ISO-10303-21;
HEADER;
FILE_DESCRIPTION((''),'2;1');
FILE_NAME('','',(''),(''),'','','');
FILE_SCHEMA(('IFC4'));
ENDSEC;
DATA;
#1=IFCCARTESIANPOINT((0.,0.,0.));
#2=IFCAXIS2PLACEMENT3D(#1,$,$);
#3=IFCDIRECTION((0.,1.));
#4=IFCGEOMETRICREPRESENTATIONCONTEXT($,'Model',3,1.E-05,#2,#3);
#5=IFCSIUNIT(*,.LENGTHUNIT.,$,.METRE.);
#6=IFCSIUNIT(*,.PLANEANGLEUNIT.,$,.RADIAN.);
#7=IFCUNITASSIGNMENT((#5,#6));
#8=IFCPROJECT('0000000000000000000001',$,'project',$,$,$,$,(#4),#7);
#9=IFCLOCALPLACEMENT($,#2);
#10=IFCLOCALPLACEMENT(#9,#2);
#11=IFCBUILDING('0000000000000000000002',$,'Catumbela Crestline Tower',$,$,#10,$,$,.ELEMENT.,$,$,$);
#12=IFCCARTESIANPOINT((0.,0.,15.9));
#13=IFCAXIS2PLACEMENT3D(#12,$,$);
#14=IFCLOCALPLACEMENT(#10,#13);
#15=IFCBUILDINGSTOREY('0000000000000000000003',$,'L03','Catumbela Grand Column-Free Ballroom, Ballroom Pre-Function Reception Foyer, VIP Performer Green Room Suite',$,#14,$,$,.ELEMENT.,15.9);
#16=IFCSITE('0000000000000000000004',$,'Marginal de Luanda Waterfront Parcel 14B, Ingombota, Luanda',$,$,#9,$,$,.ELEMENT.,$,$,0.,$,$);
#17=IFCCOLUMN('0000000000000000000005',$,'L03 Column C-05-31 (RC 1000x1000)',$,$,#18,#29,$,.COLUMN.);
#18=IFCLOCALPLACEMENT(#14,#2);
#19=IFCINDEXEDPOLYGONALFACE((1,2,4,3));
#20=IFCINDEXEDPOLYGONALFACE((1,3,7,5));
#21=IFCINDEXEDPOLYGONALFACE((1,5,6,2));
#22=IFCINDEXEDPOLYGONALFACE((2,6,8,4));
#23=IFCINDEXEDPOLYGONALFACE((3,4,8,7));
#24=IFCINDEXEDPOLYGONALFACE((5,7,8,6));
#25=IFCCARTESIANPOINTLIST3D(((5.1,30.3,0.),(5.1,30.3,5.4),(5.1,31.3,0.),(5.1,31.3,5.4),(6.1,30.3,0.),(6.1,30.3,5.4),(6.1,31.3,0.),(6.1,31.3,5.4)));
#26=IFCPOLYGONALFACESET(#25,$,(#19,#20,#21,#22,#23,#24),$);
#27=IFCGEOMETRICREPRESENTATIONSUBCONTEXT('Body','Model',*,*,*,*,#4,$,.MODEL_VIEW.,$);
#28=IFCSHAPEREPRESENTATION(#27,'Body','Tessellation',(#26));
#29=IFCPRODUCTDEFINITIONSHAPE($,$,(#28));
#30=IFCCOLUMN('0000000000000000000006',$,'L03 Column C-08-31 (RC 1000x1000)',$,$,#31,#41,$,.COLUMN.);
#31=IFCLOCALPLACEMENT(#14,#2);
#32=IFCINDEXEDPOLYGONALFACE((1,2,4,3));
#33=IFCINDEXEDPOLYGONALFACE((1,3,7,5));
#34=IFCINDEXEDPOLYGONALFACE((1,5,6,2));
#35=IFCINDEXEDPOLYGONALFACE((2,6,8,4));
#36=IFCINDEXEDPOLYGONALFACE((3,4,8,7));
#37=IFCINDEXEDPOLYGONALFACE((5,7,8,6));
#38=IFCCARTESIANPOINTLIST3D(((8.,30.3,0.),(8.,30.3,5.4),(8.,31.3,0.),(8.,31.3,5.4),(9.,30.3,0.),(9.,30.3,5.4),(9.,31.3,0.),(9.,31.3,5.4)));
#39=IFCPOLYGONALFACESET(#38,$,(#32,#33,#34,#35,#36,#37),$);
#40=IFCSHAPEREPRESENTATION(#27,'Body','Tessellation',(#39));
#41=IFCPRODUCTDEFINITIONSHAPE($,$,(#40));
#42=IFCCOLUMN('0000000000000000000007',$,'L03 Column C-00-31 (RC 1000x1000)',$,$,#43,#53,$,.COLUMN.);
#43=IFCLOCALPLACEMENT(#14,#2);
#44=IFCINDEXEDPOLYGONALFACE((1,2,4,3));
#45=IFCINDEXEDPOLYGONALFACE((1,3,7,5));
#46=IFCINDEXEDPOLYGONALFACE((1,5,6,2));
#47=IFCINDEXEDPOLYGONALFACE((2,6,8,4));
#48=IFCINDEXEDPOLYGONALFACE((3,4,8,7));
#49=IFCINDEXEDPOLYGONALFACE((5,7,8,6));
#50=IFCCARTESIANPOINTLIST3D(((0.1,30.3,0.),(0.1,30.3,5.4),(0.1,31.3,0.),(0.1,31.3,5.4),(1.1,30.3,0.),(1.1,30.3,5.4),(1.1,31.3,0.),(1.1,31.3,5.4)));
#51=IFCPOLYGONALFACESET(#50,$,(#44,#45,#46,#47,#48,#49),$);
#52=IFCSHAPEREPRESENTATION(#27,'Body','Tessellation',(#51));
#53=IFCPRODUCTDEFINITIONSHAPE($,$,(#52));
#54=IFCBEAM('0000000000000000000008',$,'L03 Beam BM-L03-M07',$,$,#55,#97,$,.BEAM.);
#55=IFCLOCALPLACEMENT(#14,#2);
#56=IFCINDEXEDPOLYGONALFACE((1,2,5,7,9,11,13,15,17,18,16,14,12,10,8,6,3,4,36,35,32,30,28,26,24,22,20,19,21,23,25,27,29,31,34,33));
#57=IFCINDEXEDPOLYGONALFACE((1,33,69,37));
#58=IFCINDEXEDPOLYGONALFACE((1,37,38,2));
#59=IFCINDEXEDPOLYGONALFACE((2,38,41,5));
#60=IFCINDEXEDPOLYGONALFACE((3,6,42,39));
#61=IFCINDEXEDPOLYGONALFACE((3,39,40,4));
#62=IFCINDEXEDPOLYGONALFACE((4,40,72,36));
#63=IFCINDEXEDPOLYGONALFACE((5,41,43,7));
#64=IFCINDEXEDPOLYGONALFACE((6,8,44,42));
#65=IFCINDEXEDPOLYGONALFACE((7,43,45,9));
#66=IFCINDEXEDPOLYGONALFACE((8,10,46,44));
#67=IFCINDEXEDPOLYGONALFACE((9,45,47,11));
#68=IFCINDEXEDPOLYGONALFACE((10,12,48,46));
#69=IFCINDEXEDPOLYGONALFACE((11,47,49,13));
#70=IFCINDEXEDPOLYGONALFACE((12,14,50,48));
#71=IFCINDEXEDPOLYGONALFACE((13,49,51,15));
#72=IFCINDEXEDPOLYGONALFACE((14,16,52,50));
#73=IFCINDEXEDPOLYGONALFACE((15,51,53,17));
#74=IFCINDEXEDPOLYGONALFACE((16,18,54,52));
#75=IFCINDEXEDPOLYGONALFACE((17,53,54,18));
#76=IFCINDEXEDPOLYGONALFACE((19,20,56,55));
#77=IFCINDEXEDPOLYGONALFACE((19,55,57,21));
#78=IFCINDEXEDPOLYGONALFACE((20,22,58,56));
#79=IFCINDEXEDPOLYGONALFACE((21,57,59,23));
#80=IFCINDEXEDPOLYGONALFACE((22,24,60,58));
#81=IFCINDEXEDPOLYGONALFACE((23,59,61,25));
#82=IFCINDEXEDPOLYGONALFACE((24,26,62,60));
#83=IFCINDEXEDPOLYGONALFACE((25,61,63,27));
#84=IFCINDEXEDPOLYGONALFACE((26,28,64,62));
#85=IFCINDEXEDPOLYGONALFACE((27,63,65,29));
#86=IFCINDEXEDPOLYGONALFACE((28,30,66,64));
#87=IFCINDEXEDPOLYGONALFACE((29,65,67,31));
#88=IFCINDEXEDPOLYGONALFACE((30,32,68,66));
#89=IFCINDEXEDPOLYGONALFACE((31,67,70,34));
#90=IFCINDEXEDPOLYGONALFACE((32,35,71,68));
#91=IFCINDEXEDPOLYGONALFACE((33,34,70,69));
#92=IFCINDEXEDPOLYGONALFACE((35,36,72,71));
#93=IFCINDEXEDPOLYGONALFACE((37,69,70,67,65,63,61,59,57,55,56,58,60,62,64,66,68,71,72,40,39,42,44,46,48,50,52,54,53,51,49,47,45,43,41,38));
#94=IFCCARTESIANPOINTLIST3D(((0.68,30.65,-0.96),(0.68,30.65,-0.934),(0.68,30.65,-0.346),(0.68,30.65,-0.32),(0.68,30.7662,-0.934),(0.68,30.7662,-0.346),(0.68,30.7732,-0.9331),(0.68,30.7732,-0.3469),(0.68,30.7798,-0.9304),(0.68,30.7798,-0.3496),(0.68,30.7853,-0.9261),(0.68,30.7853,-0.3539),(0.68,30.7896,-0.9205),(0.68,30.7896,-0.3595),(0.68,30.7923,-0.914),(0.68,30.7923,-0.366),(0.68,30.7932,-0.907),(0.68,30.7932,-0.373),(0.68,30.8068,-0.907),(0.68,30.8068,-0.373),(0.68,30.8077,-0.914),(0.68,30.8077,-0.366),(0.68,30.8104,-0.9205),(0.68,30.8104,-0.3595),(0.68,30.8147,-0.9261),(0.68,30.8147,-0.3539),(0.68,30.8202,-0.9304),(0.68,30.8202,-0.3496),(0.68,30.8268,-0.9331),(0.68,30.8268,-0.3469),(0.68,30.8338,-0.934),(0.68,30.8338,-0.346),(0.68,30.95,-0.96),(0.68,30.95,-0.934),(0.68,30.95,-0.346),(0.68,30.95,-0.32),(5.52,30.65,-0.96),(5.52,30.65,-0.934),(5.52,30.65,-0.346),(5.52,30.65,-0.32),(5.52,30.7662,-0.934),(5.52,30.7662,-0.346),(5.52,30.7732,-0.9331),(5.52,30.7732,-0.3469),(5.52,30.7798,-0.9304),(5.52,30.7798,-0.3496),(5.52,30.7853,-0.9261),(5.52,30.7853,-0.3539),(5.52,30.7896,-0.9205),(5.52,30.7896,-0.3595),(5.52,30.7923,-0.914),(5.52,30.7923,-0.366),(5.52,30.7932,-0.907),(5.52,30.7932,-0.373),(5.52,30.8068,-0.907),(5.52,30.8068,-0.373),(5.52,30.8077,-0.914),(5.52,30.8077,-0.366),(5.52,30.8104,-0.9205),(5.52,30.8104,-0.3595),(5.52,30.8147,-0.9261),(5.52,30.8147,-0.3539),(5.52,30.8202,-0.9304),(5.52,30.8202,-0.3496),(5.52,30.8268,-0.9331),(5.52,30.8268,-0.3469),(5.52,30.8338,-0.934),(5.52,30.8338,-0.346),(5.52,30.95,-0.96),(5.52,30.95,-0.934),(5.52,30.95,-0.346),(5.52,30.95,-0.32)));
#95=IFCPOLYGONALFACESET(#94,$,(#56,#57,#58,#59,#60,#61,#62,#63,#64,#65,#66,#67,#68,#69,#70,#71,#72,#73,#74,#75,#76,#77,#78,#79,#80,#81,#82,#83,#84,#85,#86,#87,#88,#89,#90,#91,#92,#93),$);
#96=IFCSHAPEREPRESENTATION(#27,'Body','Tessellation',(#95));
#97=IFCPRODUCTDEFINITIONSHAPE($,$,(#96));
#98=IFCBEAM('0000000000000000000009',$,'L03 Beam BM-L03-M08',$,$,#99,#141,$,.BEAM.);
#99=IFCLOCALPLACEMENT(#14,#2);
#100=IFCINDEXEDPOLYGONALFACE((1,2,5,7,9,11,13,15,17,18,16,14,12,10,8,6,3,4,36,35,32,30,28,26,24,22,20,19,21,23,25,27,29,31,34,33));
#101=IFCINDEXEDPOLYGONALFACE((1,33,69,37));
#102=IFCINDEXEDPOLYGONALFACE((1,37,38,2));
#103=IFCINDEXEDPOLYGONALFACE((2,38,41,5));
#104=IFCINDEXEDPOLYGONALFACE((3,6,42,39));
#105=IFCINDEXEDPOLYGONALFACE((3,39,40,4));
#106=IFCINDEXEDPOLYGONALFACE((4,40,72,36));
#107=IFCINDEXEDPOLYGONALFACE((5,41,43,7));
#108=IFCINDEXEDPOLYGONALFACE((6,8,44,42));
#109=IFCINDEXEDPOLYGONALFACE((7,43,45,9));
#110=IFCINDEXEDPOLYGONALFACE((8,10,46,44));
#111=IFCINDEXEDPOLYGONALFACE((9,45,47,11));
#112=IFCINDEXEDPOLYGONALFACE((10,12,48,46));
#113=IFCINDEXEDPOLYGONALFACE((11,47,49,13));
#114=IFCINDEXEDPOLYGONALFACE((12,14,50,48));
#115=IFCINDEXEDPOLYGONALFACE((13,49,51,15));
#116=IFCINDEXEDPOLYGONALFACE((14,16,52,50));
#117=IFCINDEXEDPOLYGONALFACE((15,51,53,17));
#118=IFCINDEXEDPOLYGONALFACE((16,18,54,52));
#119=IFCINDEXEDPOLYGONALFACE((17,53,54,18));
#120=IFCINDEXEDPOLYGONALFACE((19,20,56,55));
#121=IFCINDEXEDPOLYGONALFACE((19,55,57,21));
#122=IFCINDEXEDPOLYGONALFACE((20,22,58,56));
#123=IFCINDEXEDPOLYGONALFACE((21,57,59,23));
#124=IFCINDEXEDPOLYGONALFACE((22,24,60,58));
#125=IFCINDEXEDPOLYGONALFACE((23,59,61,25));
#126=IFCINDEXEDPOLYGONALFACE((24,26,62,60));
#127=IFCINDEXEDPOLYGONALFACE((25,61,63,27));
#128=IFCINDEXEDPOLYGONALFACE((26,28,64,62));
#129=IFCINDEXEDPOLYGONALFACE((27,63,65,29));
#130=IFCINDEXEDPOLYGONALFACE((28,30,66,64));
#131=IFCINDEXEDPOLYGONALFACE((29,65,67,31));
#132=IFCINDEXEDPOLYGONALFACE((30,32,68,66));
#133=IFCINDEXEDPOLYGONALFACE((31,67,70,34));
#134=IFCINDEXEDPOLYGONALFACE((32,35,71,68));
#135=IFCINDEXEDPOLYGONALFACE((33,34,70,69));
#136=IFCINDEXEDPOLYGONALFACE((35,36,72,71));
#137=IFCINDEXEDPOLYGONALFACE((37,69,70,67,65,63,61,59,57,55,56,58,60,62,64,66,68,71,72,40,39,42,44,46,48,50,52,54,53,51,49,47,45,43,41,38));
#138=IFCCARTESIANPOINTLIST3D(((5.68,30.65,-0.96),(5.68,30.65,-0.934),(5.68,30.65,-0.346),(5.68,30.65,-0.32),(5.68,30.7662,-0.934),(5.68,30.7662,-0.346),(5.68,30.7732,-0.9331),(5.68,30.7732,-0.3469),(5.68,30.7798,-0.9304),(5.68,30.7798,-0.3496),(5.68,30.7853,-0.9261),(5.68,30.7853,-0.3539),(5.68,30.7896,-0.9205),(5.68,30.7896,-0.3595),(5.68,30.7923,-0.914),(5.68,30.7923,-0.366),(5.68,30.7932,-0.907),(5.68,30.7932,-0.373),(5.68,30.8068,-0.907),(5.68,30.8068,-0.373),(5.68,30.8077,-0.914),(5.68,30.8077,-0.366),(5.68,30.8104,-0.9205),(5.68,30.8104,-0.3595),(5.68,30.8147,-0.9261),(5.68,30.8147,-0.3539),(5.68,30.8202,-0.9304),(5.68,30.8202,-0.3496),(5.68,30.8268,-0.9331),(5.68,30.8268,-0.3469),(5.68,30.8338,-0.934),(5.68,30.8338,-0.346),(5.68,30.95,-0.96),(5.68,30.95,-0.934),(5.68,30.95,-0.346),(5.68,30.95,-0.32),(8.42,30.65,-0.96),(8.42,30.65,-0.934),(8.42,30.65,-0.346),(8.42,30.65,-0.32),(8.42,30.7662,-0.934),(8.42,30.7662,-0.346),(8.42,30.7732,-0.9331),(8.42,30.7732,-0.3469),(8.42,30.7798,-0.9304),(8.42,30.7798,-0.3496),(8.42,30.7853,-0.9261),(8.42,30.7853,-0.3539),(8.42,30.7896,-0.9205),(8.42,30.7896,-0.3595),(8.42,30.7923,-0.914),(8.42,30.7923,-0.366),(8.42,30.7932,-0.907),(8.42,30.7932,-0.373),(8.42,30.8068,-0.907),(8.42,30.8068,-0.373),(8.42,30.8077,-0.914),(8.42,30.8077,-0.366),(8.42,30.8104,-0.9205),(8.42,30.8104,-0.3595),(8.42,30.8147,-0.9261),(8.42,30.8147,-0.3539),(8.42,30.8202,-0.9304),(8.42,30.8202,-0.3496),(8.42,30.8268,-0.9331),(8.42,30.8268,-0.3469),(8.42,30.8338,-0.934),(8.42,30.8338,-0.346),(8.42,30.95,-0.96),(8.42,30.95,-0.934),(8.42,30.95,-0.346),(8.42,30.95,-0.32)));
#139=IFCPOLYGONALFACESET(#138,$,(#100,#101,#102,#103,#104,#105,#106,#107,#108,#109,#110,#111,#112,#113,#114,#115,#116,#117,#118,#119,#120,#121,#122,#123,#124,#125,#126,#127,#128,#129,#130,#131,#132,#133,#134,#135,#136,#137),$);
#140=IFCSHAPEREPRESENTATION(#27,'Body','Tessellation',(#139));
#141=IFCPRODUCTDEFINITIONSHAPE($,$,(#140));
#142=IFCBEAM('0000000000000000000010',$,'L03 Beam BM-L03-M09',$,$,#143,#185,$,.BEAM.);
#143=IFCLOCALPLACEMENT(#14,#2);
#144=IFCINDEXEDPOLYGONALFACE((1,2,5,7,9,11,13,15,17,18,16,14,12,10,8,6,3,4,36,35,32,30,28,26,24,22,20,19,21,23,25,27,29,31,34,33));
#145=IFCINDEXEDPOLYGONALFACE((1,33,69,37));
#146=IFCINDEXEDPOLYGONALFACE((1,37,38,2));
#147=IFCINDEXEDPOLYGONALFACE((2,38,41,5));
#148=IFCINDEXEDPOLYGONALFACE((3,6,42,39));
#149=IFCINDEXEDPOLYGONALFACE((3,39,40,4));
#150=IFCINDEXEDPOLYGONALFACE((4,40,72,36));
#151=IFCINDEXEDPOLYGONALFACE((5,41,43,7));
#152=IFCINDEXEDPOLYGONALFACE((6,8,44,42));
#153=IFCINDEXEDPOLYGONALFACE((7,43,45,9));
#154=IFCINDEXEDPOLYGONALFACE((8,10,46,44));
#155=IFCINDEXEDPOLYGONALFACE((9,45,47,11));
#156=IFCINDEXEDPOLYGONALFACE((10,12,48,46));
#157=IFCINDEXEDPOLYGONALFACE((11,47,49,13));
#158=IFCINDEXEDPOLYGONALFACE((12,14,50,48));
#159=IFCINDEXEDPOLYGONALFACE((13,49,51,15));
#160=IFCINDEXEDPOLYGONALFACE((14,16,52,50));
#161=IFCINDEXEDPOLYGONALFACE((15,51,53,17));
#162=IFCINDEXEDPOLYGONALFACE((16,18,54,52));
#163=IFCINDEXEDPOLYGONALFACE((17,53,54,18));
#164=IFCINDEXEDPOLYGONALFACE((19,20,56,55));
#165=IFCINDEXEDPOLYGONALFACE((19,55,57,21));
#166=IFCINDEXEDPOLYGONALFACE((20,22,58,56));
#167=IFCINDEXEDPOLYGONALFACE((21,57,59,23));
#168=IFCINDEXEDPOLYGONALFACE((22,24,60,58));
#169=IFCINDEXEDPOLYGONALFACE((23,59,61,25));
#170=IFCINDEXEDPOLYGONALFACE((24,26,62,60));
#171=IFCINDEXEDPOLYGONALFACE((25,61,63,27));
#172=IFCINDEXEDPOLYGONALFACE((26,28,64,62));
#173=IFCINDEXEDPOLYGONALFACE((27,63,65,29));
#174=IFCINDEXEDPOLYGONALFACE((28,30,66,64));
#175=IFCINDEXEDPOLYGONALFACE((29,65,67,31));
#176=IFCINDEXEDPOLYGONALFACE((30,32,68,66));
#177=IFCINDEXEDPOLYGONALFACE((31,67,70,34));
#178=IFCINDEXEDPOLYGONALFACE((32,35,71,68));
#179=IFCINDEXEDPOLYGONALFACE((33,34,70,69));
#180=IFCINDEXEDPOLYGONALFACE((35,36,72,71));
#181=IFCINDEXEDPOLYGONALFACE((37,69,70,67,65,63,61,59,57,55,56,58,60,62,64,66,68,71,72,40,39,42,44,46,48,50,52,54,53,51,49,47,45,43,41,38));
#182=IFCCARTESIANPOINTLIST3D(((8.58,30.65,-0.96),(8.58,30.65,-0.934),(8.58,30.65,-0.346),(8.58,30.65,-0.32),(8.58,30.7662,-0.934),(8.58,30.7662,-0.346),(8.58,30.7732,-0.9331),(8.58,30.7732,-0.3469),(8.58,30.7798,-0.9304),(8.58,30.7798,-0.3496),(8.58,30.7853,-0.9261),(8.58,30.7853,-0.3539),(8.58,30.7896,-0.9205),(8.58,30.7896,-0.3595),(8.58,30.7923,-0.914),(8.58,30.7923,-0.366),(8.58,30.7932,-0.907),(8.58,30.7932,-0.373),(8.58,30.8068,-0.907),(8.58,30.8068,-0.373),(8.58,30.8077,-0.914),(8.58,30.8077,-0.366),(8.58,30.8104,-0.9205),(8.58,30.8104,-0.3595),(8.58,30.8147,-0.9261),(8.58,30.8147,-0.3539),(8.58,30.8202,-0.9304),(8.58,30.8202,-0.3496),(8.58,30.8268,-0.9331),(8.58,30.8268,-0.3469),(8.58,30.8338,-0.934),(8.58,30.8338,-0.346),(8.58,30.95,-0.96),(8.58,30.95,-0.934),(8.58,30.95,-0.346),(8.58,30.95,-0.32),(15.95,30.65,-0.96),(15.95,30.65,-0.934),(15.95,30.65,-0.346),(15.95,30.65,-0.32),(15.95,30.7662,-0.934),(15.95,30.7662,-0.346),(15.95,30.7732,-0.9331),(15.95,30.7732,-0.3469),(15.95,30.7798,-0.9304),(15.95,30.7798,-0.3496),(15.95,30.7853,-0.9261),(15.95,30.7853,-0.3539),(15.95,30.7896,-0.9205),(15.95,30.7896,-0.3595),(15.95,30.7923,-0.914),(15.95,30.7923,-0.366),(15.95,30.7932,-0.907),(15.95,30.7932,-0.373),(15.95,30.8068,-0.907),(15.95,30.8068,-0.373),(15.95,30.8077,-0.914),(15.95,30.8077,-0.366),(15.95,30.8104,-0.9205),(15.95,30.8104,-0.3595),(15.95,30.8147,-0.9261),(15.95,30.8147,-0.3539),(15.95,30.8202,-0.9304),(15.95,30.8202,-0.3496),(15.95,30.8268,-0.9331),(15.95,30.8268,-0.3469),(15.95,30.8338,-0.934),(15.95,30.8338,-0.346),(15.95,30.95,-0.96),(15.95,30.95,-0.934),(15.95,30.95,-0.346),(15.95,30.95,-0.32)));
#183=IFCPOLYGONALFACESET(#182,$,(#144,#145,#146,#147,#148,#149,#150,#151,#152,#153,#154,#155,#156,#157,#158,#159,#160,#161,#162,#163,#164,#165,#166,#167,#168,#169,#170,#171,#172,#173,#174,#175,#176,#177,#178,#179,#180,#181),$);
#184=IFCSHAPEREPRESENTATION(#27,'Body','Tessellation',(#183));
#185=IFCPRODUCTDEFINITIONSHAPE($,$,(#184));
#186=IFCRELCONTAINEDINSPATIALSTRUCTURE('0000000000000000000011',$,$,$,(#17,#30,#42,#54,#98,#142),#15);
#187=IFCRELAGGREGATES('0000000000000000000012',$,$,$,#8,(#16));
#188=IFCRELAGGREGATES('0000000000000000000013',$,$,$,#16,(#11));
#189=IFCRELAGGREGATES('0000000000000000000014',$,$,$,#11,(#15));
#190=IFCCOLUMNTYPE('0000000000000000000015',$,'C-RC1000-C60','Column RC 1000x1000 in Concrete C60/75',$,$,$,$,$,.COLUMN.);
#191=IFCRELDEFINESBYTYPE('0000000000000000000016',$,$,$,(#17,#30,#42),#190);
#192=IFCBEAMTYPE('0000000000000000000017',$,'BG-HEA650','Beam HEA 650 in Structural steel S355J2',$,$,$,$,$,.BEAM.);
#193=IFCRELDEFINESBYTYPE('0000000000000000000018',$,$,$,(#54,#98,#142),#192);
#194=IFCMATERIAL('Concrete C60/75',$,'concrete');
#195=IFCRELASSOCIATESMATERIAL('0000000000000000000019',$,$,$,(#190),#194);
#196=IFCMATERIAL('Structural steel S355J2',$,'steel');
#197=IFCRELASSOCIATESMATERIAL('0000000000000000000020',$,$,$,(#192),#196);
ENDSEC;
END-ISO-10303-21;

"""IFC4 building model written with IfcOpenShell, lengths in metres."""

from ifc_helpers import new_model, si_unit, direction, frame, origin, origin_2d, place, context, subcontext, project, spatial, rectangle, i_section, extrude, material, material_profile, profile_set, type_object, element, save


model = new_model("IFC4")

# Units and contexts
model_context = context("Model", 3, precision=1e-05, world=origin(), true_north=direction((0.0, 1.0)))
body_context = subcontext(model_context, "Body", "Model", "MODEL_VIEW")
ifc_project = project(units=[si_unit("LENGTHUNIT", "METRE"), si_unit("PLANEANGLEUNIT", "RADIAN")], contexts=[model_context])

# Site, building, storey
site_placement = place(None, origin())
site = spatial("IfcSite", under=ifc_project, at=site_placement, Name="Marginal de Luanda Waterfront Parcel 14B, Ingombota, Luanda", CompositionType="ELEMENT", RefElevation=0.0)
building_placement = place(site_placement, origin())
building = spatial("IfcBuilding", under=site, at=building_placement, Name="Catumbela Crestline Tower", CompositionType="ELEMENT")
storey_placement = place(building_placement, frame((0.0, 0.0, 15.9)))
storey = spatial("IfcBuildingStorey", under=building, at=storey_placement, Name="L03", Description="Catumbela Grand Column-Free Ballroom, Ballroom Pre-Function Reception Foyer, VIP Performer Green Room Suite", CompositionType="ELEMENT", Elevation=15.9)

# Columns
ifc_material_1 = material(Name="Concrete C60/75", Category="concrete")
ifc_material_profile_1 = material_profile(ifc_material_1, rectangle(XDim=1.0, YDim=1.0, at=origin_2d()), Name="RC 1000x1000")
ifc_profile_set_1 = profile_set([ifc_material_profile_1], Name="Concrete C60/75")
column_type = type_object("IfcColumnType", Name="C-RC1000-C60", Description="Column RC 1000x1000 in Concrete C60/75", PredefinedType="COLUMN", material=ifc_profile_set_1)
for number, where, z_axis, x_axis, name in (
    (1, (5.6, 30.8, 0.0), (0.0, 0.0, 1.0), (1.0, 0.0, 0.0), "L03 Column C-05-31 (RC 1000x1000)"),
    (2, (8.5, 30.8, 0.0), (0.0, 0.0, 1.0), (1.0, 0.0, 0.0), "L03 Column C-08-31 (RC 1000x1000)"),
    (3, (0.6, 30.8, 0.0), (0.0, 0.0, 1.0), (1.0, 0.0, 0.0), "L03 Column C-00-31 (RC 1000x1000)"),
):
    element("IfcColumn", number, at=place(storey_placement, frame(where, z_axis=z_axis, x_axis=x_axis)), inside=storey, type_object=column_type, Name=name, PredefinedType="COLUMN", context=body_context, shape_type="SweptSolid", body=[
        extrude(rectangle(XDim=1.0, YDim=1.0, at=origin_2d()), origin(), (0.0, 0.0, 1.0), 5.4),
    ])

# Beams
ifc_material_2 = material(Name="Structural steel S355J2", Category="steel")
ifc_material_profile_2 = material_profile(ifc_material_2, i_section(OverallWidth=0.3, OverallDepth=0.64, WebThickness=0.0135, FlangeThickness=0.026, FilletRadius=0.027, at=origin_2d()), Name="HEA 650")
ifc_profile_set_2 = profile_set([ifc_material_profile_2], Name="Structural steel S355J2")
beam_type_1 = type_object("IfcBeamType", Name="BG-HEA650", Description="Beam HEA 650 in Structural steel S355J2", PredefinedType="BEAM", material=ifc_profile_set_2)
beam_1_placement = place(storey_placement, frame((0.68, 30.8, -0.64), z_axis=(1.0, 0.0, 0.0), x_axis=(0.0, 1.0, 0.0)))
element("IfcBeam", 4, at=beam_1_placement, inside=storey, type_object=beam_type_1, Name="L03 Beam BM-L03-M07", PredefinedType="BEAM", context=body_context, shape_type="SweptSolid", body=[
    extrude(i_section(OverallWidth=0.3, OverallDepth=0.64, WebThickness=0.0135, FlangeThickness=0.026, FilletRadius=0.027, at=origin_2d()), origin(), (0.0, 0.0, 1.0), 4.84),
])
beam_2_placement = place(storey_placement, frame((5.68, 30.8, -0.64), z_axis=(1.0, 0.0, 0.0), x_axis=(0.0, 1.0, 0.0)))
element("IfcBeam", 5, at=beam_2_placement, inside=storey, type_object=beam_type_1, Name="L03 Beam BM-L03-M08", PredefinedType="BEAM", context=body_context, shape_type="SweptSolid", body=[
    extrude(i_section(OverallWidth=0.3, OverallDepth=0.64, WebThickness=0.0135, FlangeThickness=0.026, FilletRadius=0.027, at=origin_2d()), origin(), (0.0, 0.0, 1.0), 2.74),
])
beam_3_placement = place(storey_placement, frame((8.58, 30.8, -0.64), z_axis=(1.0, 0.0, 0.0), x_axis=(0.0, 1.0, 0.0)))
element("IfcBeam", 6, at=beam_3_placement, inside=storey, type_object=beam_type_1, Name="L03 Beam BM-L03-M09", PredefinedType="BEAM", context=body_context, shape_type="SweptSolid", body=[
    extrude(i_section(OverallWidth=0.3, OverallDepth=0.64, WebThickness=0.0135, FlangeThickness=0.026, FilletRadius=0.027, at=origin_2d()), origin(), (0.0, 0.0, 1.0), 7.37),
])

save(model, "model.ifc")
